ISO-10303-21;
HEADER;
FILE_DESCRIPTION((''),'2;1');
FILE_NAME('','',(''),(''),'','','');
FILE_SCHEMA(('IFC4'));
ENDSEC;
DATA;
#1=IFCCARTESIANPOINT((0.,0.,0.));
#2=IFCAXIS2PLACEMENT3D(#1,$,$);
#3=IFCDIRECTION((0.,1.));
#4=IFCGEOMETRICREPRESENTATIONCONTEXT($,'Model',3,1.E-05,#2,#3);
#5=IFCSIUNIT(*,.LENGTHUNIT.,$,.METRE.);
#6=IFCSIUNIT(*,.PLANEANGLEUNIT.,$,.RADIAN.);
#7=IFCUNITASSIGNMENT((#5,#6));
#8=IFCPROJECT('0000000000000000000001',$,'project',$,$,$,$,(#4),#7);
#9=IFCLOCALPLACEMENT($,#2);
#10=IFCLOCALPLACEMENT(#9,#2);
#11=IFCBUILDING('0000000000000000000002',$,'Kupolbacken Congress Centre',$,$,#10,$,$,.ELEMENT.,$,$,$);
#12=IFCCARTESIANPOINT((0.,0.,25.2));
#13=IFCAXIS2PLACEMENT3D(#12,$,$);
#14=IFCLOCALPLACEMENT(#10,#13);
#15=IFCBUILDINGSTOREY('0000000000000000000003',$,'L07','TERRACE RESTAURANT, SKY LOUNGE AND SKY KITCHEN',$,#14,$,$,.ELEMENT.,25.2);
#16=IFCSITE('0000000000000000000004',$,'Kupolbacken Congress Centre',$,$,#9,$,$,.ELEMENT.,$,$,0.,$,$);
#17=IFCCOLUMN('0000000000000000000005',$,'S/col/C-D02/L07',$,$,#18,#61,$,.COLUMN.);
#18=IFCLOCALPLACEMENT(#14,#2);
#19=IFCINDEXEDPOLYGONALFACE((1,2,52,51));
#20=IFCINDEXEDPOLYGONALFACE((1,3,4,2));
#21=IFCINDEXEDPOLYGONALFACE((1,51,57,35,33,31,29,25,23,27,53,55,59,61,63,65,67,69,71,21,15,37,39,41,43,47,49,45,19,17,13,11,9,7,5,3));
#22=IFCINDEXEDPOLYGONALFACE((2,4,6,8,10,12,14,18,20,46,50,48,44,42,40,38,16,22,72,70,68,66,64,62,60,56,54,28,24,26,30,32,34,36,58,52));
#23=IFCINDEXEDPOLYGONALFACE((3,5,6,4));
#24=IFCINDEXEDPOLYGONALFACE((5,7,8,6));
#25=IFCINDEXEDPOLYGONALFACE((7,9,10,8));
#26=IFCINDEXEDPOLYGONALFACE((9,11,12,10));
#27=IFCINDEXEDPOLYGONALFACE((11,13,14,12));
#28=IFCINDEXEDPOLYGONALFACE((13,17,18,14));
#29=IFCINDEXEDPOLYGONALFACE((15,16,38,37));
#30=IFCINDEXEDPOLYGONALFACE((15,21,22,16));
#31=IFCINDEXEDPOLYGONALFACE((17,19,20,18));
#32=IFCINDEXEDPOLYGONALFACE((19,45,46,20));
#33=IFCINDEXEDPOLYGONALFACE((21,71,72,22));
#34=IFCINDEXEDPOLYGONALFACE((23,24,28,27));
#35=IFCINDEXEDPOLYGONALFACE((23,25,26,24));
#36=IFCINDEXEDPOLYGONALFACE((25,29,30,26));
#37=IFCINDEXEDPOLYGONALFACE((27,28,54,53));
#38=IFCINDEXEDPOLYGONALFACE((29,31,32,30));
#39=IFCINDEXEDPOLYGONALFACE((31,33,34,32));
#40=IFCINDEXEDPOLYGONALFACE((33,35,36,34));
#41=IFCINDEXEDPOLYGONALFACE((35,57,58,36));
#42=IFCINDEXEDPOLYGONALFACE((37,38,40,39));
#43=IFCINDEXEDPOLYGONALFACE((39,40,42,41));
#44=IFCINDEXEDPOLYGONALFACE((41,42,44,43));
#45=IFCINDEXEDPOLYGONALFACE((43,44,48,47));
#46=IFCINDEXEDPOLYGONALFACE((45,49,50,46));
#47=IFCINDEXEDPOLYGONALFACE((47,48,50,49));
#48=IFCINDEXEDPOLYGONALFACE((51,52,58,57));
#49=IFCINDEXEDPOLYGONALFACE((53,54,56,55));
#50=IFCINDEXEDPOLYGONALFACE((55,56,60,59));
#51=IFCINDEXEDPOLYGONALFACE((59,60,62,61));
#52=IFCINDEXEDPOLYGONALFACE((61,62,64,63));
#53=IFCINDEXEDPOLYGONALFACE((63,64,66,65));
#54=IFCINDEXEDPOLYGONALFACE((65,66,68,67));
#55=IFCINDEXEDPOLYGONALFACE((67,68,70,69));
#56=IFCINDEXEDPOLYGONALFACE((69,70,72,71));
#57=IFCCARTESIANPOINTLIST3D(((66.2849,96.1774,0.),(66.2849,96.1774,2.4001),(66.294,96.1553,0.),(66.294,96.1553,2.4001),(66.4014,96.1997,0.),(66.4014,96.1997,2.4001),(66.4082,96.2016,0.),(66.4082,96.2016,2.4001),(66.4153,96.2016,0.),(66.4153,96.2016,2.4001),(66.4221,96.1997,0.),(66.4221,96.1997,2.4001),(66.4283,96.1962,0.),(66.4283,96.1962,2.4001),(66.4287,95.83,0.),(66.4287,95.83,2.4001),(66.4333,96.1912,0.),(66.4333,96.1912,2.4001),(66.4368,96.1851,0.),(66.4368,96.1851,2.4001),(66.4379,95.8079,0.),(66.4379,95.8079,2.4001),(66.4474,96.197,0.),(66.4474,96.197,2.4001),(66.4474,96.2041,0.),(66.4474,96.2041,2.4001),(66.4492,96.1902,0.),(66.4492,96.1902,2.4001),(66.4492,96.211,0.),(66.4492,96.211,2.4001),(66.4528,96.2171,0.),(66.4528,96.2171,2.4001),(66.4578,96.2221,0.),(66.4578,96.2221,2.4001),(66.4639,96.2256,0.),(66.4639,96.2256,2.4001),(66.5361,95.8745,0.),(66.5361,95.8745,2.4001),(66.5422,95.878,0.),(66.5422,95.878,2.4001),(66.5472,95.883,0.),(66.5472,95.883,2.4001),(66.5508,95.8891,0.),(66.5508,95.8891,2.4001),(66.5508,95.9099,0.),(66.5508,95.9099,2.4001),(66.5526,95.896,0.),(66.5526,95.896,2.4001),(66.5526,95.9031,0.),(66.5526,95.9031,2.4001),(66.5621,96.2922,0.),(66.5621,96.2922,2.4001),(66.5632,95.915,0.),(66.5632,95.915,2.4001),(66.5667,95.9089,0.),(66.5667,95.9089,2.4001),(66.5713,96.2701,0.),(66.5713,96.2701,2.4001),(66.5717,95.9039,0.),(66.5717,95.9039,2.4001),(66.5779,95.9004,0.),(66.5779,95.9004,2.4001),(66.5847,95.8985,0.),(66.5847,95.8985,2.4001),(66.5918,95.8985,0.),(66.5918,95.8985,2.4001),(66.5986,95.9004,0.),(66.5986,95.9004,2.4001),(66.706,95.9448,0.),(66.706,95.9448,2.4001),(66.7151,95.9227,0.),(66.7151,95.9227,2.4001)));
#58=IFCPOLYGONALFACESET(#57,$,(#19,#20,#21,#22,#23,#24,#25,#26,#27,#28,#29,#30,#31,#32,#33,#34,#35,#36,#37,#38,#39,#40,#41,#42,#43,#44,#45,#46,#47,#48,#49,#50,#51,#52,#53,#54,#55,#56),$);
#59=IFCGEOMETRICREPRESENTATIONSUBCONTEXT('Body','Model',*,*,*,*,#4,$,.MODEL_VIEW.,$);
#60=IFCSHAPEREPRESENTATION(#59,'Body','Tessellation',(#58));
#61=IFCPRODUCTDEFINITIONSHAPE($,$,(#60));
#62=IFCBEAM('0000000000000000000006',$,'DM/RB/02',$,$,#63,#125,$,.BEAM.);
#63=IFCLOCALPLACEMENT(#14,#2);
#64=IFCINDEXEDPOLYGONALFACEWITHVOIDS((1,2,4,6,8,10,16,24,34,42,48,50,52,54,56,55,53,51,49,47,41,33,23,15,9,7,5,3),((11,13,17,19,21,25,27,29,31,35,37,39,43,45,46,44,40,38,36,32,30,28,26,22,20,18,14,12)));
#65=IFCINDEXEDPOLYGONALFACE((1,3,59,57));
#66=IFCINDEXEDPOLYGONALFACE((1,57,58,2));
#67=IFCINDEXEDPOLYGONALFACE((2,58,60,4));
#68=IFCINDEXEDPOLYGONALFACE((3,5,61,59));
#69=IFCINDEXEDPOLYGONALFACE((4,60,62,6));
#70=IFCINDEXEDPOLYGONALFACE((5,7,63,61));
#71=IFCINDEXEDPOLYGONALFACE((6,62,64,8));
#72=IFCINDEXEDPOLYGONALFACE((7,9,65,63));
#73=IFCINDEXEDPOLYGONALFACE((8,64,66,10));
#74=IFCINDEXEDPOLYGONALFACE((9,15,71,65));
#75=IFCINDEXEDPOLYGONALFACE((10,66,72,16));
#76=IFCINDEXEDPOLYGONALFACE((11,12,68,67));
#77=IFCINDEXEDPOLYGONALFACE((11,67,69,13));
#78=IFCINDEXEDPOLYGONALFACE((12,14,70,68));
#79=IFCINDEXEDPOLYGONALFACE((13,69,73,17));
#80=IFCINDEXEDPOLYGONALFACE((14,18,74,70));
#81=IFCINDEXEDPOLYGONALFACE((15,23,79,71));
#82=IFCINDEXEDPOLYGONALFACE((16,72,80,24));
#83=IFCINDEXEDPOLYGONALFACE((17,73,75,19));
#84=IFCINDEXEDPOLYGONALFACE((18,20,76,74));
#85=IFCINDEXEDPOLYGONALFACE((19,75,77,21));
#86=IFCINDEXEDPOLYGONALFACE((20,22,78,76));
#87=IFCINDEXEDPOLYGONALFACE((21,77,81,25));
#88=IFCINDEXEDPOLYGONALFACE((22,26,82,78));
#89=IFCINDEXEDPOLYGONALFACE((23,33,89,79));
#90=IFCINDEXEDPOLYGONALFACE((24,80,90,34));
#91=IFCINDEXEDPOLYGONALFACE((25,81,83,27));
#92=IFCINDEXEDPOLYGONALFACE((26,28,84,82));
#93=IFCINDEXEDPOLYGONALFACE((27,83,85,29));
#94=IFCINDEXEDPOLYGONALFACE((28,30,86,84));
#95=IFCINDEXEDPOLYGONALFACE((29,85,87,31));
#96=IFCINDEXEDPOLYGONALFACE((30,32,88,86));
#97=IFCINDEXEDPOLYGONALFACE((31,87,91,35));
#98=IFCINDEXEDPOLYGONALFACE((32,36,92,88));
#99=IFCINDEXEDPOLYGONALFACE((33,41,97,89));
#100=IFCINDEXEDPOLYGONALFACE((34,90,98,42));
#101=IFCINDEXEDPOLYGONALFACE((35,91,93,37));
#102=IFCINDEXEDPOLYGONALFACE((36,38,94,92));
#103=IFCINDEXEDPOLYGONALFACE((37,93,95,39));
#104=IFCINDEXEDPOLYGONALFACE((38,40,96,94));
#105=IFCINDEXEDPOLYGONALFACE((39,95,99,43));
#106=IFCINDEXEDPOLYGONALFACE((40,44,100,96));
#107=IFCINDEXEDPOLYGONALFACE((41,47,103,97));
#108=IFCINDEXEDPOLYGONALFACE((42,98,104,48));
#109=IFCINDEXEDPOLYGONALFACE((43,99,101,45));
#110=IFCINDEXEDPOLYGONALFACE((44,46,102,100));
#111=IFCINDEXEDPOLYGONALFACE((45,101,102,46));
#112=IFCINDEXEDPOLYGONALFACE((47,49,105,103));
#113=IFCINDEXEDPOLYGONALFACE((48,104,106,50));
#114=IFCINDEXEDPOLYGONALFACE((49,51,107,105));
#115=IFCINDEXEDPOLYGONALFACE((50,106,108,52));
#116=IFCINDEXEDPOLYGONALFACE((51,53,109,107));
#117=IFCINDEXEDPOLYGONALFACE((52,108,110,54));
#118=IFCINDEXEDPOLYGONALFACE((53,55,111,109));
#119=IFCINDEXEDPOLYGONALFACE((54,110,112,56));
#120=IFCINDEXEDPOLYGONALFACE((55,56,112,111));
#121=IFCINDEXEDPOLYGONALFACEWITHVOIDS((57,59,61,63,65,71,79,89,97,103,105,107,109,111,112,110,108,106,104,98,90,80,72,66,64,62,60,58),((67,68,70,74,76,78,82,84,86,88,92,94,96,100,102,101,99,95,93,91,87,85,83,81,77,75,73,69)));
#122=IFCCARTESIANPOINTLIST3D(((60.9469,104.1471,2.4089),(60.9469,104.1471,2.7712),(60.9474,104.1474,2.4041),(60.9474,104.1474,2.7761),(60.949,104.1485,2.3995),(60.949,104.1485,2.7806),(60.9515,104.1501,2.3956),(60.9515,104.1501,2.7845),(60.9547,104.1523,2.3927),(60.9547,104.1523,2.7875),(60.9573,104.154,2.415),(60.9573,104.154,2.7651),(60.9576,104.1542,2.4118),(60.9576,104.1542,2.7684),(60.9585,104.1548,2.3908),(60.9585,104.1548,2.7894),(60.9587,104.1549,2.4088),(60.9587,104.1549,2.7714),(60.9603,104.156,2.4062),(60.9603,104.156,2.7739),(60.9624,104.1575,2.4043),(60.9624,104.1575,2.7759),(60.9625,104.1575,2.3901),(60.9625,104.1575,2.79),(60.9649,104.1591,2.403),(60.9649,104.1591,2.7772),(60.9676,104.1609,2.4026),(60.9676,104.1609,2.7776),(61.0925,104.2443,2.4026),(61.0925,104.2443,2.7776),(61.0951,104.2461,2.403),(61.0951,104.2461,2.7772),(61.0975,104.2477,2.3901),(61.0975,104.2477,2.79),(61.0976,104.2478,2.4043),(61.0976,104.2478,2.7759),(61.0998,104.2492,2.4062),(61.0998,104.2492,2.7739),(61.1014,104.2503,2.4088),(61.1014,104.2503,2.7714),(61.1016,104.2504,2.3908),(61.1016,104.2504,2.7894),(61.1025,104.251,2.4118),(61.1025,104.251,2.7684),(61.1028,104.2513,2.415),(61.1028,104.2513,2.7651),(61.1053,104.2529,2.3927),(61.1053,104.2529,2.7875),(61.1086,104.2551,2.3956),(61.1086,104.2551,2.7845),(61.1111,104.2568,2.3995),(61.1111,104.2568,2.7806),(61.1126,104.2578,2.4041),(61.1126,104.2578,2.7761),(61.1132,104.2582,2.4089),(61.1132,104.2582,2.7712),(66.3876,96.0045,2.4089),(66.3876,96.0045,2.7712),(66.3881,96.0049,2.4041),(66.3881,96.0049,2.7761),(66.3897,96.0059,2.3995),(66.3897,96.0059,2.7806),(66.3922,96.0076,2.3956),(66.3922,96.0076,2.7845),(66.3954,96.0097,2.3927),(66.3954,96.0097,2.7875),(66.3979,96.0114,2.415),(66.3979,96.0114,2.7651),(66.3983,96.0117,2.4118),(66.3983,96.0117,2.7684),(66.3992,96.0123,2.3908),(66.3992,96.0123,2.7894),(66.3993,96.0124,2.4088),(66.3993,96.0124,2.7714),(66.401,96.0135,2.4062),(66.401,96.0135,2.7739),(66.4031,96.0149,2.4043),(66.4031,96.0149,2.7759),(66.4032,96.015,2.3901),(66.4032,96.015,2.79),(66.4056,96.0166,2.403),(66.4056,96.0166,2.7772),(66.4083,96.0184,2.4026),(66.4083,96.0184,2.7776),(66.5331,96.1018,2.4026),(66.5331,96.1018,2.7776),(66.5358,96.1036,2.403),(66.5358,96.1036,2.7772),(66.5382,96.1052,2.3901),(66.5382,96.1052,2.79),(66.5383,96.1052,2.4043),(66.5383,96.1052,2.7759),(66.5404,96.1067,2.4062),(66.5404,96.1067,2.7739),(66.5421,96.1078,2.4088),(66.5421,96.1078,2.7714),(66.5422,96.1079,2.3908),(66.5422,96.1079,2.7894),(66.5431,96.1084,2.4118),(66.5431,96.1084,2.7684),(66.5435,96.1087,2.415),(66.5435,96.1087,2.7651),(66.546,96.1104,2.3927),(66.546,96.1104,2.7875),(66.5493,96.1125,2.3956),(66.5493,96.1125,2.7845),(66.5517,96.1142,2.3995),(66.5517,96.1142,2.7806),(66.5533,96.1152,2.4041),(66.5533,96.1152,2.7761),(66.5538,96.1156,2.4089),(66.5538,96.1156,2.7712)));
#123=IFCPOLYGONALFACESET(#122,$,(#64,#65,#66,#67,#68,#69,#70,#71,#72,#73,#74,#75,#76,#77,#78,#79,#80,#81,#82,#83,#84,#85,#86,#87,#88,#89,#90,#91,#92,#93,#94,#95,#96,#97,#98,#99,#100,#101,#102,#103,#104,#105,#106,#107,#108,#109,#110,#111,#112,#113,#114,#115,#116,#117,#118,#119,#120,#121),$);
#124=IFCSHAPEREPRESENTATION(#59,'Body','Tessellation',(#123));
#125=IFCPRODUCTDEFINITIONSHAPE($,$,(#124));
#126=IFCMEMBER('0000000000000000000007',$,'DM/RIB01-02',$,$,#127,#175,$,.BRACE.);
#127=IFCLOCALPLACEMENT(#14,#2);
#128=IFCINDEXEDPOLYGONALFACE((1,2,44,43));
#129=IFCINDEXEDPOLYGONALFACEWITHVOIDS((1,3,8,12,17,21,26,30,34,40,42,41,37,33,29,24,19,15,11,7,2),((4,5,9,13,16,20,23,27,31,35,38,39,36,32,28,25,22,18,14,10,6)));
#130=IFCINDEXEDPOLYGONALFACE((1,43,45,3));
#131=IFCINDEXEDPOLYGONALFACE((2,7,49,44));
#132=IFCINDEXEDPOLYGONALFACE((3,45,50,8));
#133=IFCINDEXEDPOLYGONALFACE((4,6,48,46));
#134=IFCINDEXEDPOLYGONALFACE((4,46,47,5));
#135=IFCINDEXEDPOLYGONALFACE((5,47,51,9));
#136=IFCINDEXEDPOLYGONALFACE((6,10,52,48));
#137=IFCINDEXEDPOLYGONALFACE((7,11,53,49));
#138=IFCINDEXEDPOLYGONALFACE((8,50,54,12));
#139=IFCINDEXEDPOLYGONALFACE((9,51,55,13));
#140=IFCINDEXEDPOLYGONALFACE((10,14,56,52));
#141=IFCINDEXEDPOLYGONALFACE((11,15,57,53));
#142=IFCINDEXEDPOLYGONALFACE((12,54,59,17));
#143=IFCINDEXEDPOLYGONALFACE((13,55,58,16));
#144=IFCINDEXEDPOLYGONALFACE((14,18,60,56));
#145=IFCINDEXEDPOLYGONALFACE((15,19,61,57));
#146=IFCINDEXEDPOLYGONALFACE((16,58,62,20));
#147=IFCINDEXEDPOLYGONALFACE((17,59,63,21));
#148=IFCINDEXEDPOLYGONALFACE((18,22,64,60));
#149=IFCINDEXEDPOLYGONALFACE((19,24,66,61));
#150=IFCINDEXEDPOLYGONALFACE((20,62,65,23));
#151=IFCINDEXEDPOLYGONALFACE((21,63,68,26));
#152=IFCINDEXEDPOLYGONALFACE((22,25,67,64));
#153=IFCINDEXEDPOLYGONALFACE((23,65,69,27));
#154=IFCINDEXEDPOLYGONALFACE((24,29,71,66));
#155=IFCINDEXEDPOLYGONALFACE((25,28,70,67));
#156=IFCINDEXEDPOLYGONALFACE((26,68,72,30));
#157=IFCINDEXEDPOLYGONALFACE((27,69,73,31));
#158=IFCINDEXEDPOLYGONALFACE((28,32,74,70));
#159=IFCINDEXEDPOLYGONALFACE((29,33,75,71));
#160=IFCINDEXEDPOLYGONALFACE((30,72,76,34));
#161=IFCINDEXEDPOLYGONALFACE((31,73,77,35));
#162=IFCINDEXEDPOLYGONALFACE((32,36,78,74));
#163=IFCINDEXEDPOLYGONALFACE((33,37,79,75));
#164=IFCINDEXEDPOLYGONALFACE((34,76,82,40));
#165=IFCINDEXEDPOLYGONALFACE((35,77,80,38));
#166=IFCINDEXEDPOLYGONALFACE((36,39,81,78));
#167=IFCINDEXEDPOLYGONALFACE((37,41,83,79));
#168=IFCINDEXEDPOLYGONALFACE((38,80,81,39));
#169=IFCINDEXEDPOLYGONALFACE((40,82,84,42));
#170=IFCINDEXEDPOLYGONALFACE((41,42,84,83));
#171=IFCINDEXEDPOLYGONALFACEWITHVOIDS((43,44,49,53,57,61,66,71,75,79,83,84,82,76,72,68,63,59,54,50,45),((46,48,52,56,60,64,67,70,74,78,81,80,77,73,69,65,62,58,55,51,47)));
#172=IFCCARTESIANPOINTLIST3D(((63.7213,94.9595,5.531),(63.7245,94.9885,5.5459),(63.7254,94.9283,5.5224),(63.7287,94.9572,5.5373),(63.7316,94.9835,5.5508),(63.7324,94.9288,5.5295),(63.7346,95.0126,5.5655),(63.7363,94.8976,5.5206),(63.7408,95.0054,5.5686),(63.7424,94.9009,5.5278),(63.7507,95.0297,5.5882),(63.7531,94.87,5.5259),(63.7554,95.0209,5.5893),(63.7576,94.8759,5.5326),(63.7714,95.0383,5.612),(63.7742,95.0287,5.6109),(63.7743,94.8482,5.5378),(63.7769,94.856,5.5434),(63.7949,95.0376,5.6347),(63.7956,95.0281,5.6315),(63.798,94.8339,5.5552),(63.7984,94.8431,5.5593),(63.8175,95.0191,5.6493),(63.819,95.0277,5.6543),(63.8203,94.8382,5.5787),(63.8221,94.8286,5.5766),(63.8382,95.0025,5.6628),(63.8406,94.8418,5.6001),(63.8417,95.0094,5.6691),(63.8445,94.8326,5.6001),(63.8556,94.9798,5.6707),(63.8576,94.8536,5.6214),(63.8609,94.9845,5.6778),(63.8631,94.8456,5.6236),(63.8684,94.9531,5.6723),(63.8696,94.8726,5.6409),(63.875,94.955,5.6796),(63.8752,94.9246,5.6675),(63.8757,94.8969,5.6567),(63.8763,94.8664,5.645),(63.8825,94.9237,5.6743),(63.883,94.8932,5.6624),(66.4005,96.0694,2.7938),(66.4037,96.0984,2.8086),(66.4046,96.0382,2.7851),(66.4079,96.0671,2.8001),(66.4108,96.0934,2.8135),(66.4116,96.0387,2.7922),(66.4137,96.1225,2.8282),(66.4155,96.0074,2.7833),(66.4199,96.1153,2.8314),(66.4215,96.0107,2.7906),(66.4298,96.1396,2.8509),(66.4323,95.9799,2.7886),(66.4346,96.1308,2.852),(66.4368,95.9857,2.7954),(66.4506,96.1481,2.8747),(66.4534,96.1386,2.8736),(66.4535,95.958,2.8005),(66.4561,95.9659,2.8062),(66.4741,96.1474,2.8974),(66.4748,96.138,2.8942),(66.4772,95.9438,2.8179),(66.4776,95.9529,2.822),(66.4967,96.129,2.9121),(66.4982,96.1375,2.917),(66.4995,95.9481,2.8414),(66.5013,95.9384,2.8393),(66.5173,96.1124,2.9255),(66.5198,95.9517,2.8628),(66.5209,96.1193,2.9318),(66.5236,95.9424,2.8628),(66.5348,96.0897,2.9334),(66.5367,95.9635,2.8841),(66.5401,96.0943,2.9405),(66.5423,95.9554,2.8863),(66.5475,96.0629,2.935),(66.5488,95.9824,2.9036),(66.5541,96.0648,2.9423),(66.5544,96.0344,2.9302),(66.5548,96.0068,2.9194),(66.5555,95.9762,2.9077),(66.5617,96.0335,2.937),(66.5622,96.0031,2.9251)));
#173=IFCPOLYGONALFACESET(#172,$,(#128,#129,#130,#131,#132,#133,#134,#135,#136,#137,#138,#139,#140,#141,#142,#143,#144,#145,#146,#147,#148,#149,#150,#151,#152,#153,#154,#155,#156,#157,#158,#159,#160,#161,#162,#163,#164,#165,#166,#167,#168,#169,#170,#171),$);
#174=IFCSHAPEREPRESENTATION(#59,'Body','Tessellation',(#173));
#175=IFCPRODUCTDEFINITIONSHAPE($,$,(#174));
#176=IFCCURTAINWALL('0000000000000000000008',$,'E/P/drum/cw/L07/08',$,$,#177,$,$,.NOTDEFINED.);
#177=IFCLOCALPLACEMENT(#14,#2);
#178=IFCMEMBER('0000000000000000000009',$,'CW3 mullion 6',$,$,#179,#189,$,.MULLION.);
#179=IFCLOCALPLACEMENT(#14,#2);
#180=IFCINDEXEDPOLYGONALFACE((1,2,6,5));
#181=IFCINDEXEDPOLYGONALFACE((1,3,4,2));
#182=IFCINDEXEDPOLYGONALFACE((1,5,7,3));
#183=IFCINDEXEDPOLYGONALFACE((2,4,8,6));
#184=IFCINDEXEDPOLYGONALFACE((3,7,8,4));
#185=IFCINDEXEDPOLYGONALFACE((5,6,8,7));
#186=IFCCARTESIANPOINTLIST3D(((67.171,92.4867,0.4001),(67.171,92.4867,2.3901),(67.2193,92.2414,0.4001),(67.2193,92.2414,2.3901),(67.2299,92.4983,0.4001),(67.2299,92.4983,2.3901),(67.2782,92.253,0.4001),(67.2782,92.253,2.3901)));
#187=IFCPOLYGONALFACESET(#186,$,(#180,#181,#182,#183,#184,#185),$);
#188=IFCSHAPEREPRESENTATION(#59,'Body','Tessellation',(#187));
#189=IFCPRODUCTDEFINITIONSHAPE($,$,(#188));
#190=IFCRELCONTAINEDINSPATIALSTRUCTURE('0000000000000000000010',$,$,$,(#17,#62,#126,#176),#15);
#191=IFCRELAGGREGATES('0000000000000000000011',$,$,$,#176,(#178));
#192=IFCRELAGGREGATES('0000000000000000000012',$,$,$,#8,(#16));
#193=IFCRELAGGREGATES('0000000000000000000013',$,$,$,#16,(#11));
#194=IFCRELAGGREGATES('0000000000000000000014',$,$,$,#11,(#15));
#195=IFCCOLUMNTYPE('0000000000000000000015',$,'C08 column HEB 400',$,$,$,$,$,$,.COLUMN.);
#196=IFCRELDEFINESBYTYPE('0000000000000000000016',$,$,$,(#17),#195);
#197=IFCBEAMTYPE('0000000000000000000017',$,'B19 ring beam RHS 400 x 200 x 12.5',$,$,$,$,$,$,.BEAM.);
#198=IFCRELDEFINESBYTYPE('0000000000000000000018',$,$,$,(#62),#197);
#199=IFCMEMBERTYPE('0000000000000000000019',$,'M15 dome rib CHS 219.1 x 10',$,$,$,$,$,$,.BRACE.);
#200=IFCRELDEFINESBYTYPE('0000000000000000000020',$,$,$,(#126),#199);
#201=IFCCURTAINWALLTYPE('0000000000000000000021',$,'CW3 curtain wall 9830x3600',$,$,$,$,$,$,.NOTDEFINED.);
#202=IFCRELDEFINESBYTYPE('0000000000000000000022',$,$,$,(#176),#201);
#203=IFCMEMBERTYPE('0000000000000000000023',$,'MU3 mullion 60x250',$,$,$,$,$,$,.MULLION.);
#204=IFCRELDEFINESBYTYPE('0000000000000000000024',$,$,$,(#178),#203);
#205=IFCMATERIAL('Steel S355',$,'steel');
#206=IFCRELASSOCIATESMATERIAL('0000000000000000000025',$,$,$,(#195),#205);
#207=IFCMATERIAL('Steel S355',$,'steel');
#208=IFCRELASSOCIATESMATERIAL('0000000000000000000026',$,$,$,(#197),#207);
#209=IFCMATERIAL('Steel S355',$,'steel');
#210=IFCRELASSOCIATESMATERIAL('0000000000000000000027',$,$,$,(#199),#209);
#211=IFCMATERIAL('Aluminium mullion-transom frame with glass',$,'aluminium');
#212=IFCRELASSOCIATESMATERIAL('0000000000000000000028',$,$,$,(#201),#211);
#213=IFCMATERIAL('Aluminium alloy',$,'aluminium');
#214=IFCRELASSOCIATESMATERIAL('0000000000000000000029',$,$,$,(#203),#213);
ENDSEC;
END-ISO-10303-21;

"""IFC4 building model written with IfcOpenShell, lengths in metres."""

from ifc_helpers import new_model, si_unit, direction, frame, origin, origin_2d, place, context, subcontext, project, spatial, rectangle, hollow_rectangle, hollow_circle, i_section, extrude, material, material_profile, profile_set, type_object, element, aggregate, save


model = new_model("IFC4")

# Units and contexts
model_context = context("Model", 3, precision=1e-05, world=origin(), true_north=direction((0.0, 1.0)))
body_context = subcontext(model_context, "Body", "Model", "MODEL_VIEW")
ifc_project = project(units=[si_unit("LENGTHUNIT", "METRE"), si_unit("PLANEANGLEUNIT", "RADIAN")], contexts=[model_context])

# Site, building, storey
site_placement = place(None, origin())
site = spatial("IfcSite", under=ifc_project, at=site_placement, Name="Kupolbacken Congress Centre", CompositionType="ELEMENT", RefElevation=0.0)
building_placement = place(site_placement, origin())
building = spatial("IfcBuilding", under=site, at=building_placement, Name="Kupolbacken Congress Centre", CompositionType="ELEMENT")
storey_placement = place(building_placement, frame((0.0, 0.0, 25.2)))
storey = spatial("IfcBuildingStorey", under=building, at=storey_placement, Name="L07", Description="TERRACE RESTAURANT, SKY LOUNGE AND SKY KITCHEN", CompositionType="ELEMENT", Elevation=25.2)

# Column
ifc_material_1 = material(Name="Steel S355", Category="steel")
ifc_material_profile_1 = material_profile(ifc_material_1, i_section(OverallWidth=0.3, OverallDepth=0.3999, WebThickness=0.0134, FlangeThickness=0.0239, FilletRadius=0.0271, at=origin_2d()), Name="HEB 400")
ifc_profile_set_1 = profile_set([ifc_material_profile_1], Name="Steel S355")
column_type = type_object("IfcColumnType", Name="C08 column HEB 400", PredefinedType="COLUMN", material=ifc_profile_set_1)
column_placement = place(storey_placement, frame((66.5, 96.05, 0.0), z_axis=(0.0, 0.0, 1.0), x_axis=(0.923896, 0.382644, 0.0)))
element("IfcColumn", 1, at=column_placement, inside=storey, type_object=column_type, Name="S/col/C-D02/L07", PredefinedType="COLUMN", context=body_context, shape_type="SweptSolid", body=[
    extrude(i_section(OverallWidth=0.3, OverallDepth=0.3999, WebThickness=0.0134, FlangeThickness=0.0239, FilletRadius=0.0271, at=origin_2d()), origin(), (0.0, 0.0, 1.0), 2.4001),
])

# Beam
ifc_material_2 = material(Name="Steel S355", Category="steel")
ifc_material_profile_2 = material_profile(ifc_material_2, hollow_rectangle(XDim=0.2, YDim=0.3999, WallThickness=0.0125, InnerFilletRadius=0.0125, OuterFilletRadius=0.0188, at=origin_2d()), Name="RHS 400 x 200 x 12.5")
ifc_profile_set_2 = profile_set([ifc_material_profile_2], Name="Steel S355")
beam_type = type_object("IfcBeamType", Name="B19 ring beam RHS 400 x 200 x 12.5", PredefinedType="BEAM", material=ifc_profile_set_2)
beam_placement = place(storey_placement, frame((66.4707, 96.0601, 2.5901), z_axis=(-0.555569, 0.831471, 0.0), x_axis=(-0.831471, -0.555569, 0.0)))
element("IfcBeam", 2, at=beam_placement, inside=storey, type_object=beam_type, Name="DM/RB/02", PredefinedType="BEAM", context=body_context, shape_type="SweptSolid", body=[
    extrude(hollow_rectangle(XDim=0.2, YDim=0.3999, WallThickness=0.0125, InnerFilletRadius=0.0125, OuterFilletRadius=0.0188, at=origin_2d()), origin(), (0.0, 0.0, 1.0), 9.793),
])

# Member
ifc_material_3 = material(Name="Steel S355", Category="steel")
ifc_material_profile_3 = material_profile(ifc_material_3, hollow_circle(Radius=0.1096, WallThickness=0.01, at=origin_2d()), Name="CHS 219.1 x 10")
ifc_profile_set_3 = profile_set([ifc_material_profile_3], Name="Steel S355")
member_type_1 = type_object("IfcMemberType", Name="M15 dome rib CHS 219.1 x 10", PredefinedType="BRACE", material=ifc_profile_set_3)
member_1_placement = place(storey_placement, frame((66.4817, 96.0437, 2.8628), z_axis=(-0.671845, -0.278313, 0.686416), x_axis=(0.382714, -0.923867, 0.0)))
element("IfcMember", 3, at=member_1_placement, inside=storey, type_object=member_type_1, Name="DM/RIB01-02", PredefinedType="BRACE", context=body_context, shape_type="SweptSolid", body=[
    extrude(hollow_circle(Radius=0.1096, WallThickness=0.01, at=origin_2d()), origin(), (0.0, 0.0, 1.0), 3.9878),
])

# Curtain wall, member
ifc_material_4 = material(Name="Aluminium mullion-transom frame with glass", Category="aluminium")
curtain_wall_type = type_object("IfcCurtainWallType", Name="CW3 curtain wall 9830x3600", PredefinedType="NOTDEFINED", material=ifc_material_4)
curtain_wall_1_placement = place(storey_placement, origin())
curtain_wall_1 = element("IfcCurtainWall", 4, at=curtain_wall_1_placement, inside=storey, type_object=curtain_wall_type, Name="E/P/drum/cw/L07/08", PredefinedType="NOTDEFINED")
ifc_material_5 = material(Name="Aluminium alloy", Category="aluminium")
ifc_material_profile_4 = material_profile(ifc_material_5, rectangle(XDim=0.0601, YDim=0.25, at=origin_2d()), Name="60 x 250")
ifc_profile_set_4 = profile_set([ifc_material_profile_4], Name="Aluminium alloy")
member_type_2 = type_object("IfcMemberType", Name="MU3 mullion 60x250", PredefinedType="MULLION", material=ifc_profile_set_4)
member_2_placement = place(storey_placement, frame((67.2246, 92.3699, 0.4001), z_axis=(0.0, 0.0, 1.0), x_axis=(-0.981163, -0.193182, 0.0)))
member_2 = element("IfcMember", 5, at=member_2_placement, type_object=member_type_2, Name="CW3 mullion 6", PredefinedType="MULLION", context=body_context, shape_type="SweptSolid", body=[
    extrude(rectangle(XDim=0.0601, YDim=0.25, at=origin_2d()), origin(), (0.0, 0.0, 1.0), 1.99),
])

aggregate(curtain_wall_1, [member_2])

save(model, "model.ifc")
